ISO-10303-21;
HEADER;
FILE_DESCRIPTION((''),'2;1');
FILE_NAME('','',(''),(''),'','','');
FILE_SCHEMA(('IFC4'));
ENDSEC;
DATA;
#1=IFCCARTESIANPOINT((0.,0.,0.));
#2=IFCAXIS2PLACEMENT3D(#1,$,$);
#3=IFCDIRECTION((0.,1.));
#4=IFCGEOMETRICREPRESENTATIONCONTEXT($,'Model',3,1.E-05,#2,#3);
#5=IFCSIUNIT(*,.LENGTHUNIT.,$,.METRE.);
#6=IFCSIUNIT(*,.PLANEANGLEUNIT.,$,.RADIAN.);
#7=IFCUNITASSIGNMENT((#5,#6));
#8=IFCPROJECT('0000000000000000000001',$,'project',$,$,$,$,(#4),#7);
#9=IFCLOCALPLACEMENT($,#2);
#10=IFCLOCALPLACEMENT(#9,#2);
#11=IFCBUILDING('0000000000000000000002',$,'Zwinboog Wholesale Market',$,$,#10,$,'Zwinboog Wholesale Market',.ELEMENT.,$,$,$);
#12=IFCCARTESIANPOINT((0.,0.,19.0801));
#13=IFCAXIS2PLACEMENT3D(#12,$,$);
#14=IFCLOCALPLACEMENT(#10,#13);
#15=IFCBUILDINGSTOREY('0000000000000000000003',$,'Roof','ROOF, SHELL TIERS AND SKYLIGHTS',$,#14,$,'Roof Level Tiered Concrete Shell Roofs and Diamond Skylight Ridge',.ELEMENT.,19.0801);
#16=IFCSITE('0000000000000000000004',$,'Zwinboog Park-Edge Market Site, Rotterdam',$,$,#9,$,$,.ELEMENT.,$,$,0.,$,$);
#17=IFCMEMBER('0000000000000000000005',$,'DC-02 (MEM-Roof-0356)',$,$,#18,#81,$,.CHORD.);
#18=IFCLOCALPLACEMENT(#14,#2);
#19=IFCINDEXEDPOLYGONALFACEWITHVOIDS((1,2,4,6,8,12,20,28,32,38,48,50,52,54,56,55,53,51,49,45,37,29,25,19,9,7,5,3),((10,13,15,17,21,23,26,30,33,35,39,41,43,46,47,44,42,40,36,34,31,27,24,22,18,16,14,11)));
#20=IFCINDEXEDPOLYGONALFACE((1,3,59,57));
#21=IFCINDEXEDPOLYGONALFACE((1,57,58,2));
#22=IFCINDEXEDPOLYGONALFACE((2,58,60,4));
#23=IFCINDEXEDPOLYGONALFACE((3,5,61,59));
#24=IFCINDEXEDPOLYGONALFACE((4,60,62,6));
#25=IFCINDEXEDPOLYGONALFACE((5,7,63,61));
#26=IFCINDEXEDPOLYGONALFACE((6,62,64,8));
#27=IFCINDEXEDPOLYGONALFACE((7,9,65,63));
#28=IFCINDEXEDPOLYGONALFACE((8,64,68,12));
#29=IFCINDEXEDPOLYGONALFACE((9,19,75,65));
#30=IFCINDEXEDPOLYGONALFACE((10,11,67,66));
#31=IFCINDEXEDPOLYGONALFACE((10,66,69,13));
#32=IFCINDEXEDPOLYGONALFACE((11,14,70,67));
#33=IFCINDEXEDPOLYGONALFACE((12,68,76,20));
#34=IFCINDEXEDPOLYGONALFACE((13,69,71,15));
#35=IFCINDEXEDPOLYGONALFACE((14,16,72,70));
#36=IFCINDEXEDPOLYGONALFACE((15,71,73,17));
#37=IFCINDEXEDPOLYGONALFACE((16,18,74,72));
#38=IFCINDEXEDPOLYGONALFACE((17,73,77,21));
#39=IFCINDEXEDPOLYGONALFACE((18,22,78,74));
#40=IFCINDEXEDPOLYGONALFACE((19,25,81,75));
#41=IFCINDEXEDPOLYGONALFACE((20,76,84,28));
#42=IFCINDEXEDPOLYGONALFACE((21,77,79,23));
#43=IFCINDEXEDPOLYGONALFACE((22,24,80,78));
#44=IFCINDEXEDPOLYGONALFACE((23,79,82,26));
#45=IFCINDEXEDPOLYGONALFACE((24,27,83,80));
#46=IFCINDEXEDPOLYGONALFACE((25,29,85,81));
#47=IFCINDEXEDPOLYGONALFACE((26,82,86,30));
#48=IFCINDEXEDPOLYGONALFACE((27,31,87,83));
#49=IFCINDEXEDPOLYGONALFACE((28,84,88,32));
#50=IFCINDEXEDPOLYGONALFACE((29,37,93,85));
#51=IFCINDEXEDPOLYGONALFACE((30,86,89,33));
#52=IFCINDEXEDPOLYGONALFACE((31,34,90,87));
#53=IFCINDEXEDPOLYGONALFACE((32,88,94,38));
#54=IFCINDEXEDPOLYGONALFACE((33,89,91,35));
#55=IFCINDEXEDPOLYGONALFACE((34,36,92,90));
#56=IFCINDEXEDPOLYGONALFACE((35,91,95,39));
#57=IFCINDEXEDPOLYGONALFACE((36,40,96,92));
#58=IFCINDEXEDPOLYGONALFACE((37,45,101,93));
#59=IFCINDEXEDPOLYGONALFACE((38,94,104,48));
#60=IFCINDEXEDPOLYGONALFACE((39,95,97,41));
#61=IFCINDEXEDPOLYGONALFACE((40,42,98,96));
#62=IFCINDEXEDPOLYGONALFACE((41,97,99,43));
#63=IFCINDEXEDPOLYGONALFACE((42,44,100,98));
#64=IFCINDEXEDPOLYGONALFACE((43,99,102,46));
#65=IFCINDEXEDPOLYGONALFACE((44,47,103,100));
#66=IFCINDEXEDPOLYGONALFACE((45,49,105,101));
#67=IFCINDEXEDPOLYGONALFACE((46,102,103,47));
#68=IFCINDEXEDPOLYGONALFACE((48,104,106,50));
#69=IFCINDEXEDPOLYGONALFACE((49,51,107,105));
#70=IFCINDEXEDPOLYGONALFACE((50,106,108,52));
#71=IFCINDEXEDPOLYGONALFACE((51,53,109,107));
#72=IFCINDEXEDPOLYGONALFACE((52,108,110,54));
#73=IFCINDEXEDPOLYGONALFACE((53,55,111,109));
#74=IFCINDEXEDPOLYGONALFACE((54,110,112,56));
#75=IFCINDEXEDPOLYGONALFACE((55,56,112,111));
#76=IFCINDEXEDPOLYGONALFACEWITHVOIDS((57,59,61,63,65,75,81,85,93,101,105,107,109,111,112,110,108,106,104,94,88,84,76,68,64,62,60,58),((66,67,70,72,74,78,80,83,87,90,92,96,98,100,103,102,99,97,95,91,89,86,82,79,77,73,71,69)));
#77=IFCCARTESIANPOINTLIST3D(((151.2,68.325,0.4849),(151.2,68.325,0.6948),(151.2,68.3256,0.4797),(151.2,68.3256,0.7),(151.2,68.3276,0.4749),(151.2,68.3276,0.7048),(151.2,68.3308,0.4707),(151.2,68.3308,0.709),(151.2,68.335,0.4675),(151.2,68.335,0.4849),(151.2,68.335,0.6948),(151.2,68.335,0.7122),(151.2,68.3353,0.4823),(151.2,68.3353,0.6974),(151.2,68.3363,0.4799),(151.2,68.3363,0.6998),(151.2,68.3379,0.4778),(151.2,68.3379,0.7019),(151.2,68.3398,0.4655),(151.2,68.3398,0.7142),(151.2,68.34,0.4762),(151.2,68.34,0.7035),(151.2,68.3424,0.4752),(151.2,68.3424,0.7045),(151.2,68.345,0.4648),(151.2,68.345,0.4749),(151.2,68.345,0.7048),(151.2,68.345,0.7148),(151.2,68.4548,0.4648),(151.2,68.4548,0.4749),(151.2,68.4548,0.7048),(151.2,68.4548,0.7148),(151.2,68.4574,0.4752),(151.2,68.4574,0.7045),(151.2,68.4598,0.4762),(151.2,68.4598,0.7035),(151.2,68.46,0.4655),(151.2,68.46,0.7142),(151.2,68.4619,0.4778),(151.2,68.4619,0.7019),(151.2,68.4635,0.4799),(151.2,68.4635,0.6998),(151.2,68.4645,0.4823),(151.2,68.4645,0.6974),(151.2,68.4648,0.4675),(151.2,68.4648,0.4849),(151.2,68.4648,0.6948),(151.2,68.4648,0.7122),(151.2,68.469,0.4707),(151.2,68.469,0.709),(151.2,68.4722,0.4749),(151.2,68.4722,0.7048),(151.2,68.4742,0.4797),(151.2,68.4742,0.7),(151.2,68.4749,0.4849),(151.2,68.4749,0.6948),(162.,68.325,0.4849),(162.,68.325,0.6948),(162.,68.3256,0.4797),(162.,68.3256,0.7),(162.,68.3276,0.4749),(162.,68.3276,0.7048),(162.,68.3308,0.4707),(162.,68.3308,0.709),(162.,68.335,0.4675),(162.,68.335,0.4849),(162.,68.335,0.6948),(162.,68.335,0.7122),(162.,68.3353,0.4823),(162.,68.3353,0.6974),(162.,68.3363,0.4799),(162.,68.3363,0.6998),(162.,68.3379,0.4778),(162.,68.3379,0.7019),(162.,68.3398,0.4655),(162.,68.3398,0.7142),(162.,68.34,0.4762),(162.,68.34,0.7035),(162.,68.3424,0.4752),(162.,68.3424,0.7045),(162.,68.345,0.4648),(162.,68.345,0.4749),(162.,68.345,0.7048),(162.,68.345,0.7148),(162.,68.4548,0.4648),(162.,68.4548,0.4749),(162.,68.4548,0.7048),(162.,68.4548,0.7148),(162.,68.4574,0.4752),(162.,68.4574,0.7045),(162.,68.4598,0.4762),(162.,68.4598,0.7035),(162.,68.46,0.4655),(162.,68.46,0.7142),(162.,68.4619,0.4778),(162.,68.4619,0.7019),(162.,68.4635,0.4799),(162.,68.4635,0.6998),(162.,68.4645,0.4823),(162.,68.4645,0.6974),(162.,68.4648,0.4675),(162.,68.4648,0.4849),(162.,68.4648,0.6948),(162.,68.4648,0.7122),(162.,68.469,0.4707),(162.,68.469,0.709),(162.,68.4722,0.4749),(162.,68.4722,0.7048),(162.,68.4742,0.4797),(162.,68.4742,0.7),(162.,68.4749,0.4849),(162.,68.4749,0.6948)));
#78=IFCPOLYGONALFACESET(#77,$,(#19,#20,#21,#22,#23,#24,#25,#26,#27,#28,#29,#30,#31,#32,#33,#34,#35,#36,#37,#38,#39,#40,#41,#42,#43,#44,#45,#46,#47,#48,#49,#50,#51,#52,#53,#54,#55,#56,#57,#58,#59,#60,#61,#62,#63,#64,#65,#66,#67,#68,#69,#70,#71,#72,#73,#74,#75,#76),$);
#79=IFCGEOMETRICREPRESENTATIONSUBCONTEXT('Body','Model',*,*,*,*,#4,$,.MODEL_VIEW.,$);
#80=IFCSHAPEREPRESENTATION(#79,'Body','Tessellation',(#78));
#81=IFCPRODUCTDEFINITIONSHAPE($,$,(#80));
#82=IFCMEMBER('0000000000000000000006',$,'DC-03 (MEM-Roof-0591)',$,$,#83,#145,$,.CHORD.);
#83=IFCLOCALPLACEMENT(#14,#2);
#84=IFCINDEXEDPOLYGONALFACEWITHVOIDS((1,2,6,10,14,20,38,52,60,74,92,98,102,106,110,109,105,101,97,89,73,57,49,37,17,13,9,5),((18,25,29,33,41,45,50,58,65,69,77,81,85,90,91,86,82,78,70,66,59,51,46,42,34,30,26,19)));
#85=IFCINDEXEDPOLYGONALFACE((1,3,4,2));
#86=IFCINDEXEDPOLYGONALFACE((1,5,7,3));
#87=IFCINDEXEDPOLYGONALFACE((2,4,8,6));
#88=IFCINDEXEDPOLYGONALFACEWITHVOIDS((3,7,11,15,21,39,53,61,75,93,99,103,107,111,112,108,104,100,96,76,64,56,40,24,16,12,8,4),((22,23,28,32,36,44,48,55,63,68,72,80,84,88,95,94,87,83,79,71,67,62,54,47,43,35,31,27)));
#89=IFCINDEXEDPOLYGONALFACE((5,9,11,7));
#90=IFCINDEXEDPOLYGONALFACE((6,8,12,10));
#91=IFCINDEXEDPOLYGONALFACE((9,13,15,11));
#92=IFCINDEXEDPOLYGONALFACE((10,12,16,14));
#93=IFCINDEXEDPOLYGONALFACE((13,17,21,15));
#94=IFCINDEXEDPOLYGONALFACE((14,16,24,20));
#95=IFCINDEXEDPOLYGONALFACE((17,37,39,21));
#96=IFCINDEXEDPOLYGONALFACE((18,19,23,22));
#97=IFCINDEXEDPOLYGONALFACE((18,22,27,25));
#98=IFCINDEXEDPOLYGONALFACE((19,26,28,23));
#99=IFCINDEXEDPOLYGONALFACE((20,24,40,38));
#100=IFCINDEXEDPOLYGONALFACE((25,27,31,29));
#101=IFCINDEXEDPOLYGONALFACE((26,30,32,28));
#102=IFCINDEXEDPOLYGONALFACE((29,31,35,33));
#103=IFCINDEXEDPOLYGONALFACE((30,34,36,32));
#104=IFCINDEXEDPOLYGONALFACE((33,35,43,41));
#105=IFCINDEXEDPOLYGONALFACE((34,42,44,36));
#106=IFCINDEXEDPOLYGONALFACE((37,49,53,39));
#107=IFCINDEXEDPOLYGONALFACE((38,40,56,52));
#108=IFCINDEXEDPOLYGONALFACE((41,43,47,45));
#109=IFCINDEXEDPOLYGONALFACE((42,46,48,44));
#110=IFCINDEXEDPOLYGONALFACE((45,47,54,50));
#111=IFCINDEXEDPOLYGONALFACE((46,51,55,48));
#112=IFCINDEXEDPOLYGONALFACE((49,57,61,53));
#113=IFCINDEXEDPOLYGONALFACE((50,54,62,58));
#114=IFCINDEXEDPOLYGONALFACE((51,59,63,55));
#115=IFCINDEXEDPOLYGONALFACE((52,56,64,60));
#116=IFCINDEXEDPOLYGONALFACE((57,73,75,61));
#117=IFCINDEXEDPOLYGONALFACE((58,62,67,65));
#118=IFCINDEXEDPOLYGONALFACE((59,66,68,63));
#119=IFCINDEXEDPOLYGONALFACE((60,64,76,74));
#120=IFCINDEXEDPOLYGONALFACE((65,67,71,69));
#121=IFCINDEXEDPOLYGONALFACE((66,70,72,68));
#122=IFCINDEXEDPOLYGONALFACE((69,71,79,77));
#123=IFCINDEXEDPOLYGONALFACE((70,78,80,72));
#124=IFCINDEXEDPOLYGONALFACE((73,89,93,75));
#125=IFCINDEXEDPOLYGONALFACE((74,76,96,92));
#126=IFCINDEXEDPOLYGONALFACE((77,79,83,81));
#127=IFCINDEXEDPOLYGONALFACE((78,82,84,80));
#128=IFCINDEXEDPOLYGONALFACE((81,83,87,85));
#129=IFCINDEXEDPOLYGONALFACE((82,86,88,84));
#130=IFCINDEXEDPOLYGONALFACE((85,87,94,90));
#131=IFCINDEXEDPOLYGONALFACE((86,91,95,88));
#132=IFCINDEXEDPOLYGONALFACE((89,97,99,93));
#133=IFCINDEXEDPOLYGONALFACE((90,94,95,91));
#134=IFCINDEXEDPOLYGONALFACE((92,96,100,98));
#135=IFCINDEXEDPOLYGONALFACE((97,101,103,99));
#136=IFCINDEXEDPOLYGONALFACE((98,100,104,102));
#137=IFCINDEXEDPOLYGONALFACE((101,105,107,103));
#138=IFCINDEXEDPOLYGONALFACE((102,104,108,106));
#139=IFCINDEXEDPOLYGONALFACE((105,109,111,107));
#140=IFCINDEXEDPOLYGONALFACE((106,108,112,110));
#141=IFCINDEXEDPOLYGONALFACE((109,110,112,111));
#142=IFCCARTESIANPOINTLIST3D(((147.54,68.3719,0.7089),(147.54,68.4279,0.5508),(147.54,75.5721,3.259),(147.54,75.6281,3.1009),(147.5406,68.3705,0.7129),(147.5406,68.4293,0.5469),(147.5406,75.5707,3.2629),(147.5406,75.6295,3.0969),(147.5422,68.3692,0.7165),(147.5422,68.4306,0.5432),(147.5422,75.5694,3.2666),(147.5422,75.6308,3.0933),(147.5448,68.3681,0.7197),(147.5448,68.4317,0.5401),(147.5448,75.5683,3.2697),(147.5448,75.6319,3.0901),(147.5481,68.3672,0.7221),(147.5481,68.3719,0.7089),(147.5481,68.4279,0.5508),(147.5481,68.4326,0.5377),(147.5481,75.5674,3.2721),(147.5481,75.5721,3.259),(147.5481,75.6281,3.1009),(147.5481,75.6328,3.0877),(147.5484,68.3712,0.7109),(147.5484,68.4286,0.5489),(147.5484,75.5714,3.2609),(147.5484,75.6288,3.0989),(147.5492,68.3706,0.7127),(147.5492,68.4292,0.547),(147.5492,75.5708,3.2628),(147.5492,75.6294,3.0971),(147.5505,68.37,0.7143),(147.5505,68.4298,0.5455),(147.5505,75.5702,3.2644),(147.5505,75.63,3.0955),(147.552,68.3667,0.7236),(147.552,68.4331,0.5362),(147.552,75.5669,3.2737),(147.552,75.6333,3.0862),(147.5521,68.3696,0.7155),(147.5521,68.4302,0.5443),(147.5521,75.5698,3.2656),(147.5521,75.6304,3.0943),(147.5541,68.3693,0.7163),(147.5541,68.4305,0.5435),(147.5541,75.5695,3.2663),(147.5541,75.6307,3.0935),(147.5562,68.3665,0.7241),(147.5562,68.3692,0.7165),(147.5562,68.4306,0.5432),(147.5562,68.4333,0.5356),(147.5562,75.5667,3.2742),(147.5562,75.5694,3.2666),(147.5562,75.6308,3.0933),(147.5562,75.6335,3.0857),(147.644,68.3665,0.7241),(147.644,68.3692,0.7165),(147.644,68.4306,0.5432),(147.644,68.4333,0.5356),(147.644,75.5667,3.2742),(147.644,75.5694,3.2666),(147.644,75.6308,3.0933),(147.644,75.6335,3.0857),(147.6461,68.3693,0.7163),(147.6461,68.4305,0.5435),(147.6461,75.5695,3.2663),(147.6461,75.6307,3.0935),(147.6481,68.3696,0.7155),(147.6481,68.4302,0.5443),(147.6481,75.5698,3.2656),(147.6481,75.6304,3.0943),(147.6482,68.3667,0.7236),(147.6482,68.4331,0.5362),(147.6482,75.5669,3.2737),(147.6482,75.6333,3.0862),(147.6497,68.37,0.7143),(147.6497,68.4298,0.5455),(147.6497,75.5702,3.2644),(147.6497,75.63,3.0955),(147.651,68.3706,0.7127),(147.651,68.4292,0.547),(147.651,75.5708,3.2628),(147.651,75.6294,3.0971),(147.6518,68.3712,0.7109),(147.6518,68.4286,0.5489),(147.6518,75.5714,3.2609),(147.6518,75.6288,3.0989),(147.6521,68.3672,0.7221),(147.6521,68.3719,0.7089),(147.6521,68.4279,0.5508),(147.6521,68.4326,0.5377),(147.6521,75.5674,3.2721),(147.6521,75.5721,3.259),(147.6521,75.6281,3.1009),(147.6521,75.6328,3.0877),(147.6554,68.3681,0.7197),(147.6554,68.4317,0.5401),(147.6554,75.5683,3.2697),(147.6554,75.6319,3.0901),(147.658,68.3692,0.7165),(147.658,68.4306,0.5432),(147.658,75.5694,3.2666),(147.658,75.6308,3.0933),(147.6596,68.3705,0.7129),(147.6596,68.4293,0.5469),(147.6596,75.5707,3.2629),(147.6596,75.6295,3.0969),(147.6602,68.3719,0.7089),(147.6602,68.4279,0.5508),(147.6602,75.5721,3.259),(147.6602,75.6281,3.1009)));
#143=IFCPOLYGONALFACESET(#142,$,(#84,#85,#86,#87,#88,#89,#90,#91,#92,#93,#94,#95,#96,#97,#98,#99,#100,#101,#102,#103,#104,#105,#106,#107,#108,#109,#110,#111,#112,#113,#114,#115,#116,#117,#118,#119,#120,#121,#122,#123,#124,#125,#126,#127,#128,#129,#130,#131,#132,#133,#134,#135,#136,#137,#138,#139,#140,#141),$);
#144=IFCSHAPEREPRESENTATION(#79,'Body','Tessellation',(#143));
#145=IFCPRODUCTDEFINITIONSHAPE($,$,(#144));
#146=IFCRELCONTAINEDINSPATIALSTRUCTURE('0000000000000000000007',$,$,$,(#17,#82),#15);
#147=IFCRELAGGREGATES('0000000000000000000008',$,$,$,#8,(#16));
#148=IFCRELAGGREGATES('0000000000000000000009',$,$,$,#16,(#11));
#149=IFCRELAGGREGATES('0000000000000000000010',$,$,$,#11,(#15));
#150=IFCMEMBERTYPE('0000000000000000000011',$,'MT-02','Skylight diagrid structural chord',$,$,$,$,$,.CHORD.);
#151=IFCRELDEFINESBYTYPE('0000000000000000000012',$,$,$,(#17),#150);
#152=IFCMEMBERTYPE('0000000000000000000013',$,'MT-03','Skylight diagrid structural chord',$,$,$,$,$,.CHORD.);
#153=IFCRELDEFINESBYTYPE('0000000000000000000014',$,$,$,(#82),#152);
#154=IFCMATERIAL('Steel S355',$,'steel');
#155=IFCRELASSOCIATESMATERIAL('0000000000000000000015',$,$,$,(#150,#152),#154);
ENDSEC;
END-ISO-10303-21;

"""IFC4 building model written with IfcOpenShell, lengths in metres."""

from ifc_helpers import new_model, si_unit, direction, frame, origin, origin_2d, place, context, subcontext, project, spatial, hollow_rectangle, extrude, material, material_profile, profile_set, type_object, element, save


model = new_model("IFC4")

# Units and contexts
model_context = context("Model", 3, precision=1e-05, world=origin(), true_north=direction((0.0, 1.0)))
body_context = subcontext(model_context, "Body", "Model", "MODEL_VIEW")
ifc_project = project(units=[si_unit("LENGTHUNIT", "METRE"), si_unit("PLANEANGLEUNIT", "RADIAN")], contexts=[model_context])

# Site, building, storey
site_placement = place(None, origin())
site = spatial("IfcSite", under=ifc_project, at=site_placement, Name="Zwinboog Park-Edge Market Site, Rotterdam", CompositionType="ELEMENT", RefElevation=0.0)
building_placement = place(site_placement, origin())
building = spatial("IfcBuilding", under=site, at=building_placement, Name="Zwinboog Wholesale Market", LongName="Zwinboog Wholesale Market", CompositionType="ELEMENT")
storey_placement = place(building_placement, frame((0.0, 0.0, 19.0801)))
storey = spatial("IfcBuildingStorey", under=building, at=storey_placement, Name="Roof", Description="ROOF, SHELL TIERS AND SKYLIGHTS", LongName="Roof Level Tiered Concrete Shell Roofs and Diamond Skylight Ridge", CompositionType="ELEMENT", Elevation=19.0801)

# Members
ifc_material_1 = material(Name="Steel S355", Category="steel")
ifc_material_profile_1 = material_profile(ifc_material_1, hollow_rectangle(XDim=0.1499, YDim=0.25, WallThickness=0.01, InnerFilletRadius=0.01, OuterFilletRadius=0.02, at=origin_2d()), Name="RHS 250x150x10")
ifc_profile_set_1 = profile_set([ifc_material_profile_1], Name="Steel S355")
member_type_1 = type_object("IfcMemberType", Name="MT-02", Description="Skylight diagrid structural chord", PredefinedType="CHORD", material=ifc_profile_set_1)
member_1_placement = place(storey_placement, frame((151.2, 68.3999, 0.5898), z_axis=(1.0, 0.0, 0.0), x_axis=(0.0, 1.0, 0.0)))
element("IfcMember", 1, at=member_1_placement, inside=storey, type_object=member_type_1, Name="DC-02 (MEM-Roof-0356)", PredefinedType="CHORD", context=body_context, shape_type="SweptSolid", body=[
    extrude(hollow_rectangle(XDim=0.1499, YDim=0.25, WallThickness=0.01, InnerFilletRadius=0.01, OuterFilletRadius=0.02, at=origin_2d()), origin(), (0.0, 0.0, 1.0), 10.8),
])
ifc_material_profile_2 = material_profile(ifc_material_1, hollow_rectangle(XDim=0.1201, YDim=0.2, WallThickness=0.0081, InnerFilletRadius=0.0081, OuterFilletRadius=0.0161, at=origin_2d()), Name="RHS 200x120x8")
ifc_profile_set_2 = profile_set([ifc_material_profile_2], Name="Steel S355")
member_type_2 = type_object("IfcMemberType", Name="MT-03", Description="Skylight diagrid structural chord", PredefinedType="CHORD", material=ifc_profile_set_2)
for number, where, z_axis, x_axis, name in (
    (2, (147.6001, 68.3999, 0.6299), (0.0, 0.942628, 0.333845), (-1.0, 0.0, 0.0), "DC-03 (MEM-Roof-0591)"),
):
    element("IfcMember", number, at=place(storey_placement, frame(where, z_axis=z_axis, x_axis=x_axis)), inside=storey, type_object=member_type_2, Name=name, PredefinedType="CHORD", context=body_context, shape_type="SweptSolid", body=[
        extrude(hollow_rectangle(XDim=0.1201, YDim=0.2, WallThickness=0.0081, InnerFilletRadius=0.0081, OuterFilletRadius=0.0161, at=origin_2d()), origin(), (0.0, 0.0, 1.0), 7.6384),
    ])

save(model, "model.ifc")
